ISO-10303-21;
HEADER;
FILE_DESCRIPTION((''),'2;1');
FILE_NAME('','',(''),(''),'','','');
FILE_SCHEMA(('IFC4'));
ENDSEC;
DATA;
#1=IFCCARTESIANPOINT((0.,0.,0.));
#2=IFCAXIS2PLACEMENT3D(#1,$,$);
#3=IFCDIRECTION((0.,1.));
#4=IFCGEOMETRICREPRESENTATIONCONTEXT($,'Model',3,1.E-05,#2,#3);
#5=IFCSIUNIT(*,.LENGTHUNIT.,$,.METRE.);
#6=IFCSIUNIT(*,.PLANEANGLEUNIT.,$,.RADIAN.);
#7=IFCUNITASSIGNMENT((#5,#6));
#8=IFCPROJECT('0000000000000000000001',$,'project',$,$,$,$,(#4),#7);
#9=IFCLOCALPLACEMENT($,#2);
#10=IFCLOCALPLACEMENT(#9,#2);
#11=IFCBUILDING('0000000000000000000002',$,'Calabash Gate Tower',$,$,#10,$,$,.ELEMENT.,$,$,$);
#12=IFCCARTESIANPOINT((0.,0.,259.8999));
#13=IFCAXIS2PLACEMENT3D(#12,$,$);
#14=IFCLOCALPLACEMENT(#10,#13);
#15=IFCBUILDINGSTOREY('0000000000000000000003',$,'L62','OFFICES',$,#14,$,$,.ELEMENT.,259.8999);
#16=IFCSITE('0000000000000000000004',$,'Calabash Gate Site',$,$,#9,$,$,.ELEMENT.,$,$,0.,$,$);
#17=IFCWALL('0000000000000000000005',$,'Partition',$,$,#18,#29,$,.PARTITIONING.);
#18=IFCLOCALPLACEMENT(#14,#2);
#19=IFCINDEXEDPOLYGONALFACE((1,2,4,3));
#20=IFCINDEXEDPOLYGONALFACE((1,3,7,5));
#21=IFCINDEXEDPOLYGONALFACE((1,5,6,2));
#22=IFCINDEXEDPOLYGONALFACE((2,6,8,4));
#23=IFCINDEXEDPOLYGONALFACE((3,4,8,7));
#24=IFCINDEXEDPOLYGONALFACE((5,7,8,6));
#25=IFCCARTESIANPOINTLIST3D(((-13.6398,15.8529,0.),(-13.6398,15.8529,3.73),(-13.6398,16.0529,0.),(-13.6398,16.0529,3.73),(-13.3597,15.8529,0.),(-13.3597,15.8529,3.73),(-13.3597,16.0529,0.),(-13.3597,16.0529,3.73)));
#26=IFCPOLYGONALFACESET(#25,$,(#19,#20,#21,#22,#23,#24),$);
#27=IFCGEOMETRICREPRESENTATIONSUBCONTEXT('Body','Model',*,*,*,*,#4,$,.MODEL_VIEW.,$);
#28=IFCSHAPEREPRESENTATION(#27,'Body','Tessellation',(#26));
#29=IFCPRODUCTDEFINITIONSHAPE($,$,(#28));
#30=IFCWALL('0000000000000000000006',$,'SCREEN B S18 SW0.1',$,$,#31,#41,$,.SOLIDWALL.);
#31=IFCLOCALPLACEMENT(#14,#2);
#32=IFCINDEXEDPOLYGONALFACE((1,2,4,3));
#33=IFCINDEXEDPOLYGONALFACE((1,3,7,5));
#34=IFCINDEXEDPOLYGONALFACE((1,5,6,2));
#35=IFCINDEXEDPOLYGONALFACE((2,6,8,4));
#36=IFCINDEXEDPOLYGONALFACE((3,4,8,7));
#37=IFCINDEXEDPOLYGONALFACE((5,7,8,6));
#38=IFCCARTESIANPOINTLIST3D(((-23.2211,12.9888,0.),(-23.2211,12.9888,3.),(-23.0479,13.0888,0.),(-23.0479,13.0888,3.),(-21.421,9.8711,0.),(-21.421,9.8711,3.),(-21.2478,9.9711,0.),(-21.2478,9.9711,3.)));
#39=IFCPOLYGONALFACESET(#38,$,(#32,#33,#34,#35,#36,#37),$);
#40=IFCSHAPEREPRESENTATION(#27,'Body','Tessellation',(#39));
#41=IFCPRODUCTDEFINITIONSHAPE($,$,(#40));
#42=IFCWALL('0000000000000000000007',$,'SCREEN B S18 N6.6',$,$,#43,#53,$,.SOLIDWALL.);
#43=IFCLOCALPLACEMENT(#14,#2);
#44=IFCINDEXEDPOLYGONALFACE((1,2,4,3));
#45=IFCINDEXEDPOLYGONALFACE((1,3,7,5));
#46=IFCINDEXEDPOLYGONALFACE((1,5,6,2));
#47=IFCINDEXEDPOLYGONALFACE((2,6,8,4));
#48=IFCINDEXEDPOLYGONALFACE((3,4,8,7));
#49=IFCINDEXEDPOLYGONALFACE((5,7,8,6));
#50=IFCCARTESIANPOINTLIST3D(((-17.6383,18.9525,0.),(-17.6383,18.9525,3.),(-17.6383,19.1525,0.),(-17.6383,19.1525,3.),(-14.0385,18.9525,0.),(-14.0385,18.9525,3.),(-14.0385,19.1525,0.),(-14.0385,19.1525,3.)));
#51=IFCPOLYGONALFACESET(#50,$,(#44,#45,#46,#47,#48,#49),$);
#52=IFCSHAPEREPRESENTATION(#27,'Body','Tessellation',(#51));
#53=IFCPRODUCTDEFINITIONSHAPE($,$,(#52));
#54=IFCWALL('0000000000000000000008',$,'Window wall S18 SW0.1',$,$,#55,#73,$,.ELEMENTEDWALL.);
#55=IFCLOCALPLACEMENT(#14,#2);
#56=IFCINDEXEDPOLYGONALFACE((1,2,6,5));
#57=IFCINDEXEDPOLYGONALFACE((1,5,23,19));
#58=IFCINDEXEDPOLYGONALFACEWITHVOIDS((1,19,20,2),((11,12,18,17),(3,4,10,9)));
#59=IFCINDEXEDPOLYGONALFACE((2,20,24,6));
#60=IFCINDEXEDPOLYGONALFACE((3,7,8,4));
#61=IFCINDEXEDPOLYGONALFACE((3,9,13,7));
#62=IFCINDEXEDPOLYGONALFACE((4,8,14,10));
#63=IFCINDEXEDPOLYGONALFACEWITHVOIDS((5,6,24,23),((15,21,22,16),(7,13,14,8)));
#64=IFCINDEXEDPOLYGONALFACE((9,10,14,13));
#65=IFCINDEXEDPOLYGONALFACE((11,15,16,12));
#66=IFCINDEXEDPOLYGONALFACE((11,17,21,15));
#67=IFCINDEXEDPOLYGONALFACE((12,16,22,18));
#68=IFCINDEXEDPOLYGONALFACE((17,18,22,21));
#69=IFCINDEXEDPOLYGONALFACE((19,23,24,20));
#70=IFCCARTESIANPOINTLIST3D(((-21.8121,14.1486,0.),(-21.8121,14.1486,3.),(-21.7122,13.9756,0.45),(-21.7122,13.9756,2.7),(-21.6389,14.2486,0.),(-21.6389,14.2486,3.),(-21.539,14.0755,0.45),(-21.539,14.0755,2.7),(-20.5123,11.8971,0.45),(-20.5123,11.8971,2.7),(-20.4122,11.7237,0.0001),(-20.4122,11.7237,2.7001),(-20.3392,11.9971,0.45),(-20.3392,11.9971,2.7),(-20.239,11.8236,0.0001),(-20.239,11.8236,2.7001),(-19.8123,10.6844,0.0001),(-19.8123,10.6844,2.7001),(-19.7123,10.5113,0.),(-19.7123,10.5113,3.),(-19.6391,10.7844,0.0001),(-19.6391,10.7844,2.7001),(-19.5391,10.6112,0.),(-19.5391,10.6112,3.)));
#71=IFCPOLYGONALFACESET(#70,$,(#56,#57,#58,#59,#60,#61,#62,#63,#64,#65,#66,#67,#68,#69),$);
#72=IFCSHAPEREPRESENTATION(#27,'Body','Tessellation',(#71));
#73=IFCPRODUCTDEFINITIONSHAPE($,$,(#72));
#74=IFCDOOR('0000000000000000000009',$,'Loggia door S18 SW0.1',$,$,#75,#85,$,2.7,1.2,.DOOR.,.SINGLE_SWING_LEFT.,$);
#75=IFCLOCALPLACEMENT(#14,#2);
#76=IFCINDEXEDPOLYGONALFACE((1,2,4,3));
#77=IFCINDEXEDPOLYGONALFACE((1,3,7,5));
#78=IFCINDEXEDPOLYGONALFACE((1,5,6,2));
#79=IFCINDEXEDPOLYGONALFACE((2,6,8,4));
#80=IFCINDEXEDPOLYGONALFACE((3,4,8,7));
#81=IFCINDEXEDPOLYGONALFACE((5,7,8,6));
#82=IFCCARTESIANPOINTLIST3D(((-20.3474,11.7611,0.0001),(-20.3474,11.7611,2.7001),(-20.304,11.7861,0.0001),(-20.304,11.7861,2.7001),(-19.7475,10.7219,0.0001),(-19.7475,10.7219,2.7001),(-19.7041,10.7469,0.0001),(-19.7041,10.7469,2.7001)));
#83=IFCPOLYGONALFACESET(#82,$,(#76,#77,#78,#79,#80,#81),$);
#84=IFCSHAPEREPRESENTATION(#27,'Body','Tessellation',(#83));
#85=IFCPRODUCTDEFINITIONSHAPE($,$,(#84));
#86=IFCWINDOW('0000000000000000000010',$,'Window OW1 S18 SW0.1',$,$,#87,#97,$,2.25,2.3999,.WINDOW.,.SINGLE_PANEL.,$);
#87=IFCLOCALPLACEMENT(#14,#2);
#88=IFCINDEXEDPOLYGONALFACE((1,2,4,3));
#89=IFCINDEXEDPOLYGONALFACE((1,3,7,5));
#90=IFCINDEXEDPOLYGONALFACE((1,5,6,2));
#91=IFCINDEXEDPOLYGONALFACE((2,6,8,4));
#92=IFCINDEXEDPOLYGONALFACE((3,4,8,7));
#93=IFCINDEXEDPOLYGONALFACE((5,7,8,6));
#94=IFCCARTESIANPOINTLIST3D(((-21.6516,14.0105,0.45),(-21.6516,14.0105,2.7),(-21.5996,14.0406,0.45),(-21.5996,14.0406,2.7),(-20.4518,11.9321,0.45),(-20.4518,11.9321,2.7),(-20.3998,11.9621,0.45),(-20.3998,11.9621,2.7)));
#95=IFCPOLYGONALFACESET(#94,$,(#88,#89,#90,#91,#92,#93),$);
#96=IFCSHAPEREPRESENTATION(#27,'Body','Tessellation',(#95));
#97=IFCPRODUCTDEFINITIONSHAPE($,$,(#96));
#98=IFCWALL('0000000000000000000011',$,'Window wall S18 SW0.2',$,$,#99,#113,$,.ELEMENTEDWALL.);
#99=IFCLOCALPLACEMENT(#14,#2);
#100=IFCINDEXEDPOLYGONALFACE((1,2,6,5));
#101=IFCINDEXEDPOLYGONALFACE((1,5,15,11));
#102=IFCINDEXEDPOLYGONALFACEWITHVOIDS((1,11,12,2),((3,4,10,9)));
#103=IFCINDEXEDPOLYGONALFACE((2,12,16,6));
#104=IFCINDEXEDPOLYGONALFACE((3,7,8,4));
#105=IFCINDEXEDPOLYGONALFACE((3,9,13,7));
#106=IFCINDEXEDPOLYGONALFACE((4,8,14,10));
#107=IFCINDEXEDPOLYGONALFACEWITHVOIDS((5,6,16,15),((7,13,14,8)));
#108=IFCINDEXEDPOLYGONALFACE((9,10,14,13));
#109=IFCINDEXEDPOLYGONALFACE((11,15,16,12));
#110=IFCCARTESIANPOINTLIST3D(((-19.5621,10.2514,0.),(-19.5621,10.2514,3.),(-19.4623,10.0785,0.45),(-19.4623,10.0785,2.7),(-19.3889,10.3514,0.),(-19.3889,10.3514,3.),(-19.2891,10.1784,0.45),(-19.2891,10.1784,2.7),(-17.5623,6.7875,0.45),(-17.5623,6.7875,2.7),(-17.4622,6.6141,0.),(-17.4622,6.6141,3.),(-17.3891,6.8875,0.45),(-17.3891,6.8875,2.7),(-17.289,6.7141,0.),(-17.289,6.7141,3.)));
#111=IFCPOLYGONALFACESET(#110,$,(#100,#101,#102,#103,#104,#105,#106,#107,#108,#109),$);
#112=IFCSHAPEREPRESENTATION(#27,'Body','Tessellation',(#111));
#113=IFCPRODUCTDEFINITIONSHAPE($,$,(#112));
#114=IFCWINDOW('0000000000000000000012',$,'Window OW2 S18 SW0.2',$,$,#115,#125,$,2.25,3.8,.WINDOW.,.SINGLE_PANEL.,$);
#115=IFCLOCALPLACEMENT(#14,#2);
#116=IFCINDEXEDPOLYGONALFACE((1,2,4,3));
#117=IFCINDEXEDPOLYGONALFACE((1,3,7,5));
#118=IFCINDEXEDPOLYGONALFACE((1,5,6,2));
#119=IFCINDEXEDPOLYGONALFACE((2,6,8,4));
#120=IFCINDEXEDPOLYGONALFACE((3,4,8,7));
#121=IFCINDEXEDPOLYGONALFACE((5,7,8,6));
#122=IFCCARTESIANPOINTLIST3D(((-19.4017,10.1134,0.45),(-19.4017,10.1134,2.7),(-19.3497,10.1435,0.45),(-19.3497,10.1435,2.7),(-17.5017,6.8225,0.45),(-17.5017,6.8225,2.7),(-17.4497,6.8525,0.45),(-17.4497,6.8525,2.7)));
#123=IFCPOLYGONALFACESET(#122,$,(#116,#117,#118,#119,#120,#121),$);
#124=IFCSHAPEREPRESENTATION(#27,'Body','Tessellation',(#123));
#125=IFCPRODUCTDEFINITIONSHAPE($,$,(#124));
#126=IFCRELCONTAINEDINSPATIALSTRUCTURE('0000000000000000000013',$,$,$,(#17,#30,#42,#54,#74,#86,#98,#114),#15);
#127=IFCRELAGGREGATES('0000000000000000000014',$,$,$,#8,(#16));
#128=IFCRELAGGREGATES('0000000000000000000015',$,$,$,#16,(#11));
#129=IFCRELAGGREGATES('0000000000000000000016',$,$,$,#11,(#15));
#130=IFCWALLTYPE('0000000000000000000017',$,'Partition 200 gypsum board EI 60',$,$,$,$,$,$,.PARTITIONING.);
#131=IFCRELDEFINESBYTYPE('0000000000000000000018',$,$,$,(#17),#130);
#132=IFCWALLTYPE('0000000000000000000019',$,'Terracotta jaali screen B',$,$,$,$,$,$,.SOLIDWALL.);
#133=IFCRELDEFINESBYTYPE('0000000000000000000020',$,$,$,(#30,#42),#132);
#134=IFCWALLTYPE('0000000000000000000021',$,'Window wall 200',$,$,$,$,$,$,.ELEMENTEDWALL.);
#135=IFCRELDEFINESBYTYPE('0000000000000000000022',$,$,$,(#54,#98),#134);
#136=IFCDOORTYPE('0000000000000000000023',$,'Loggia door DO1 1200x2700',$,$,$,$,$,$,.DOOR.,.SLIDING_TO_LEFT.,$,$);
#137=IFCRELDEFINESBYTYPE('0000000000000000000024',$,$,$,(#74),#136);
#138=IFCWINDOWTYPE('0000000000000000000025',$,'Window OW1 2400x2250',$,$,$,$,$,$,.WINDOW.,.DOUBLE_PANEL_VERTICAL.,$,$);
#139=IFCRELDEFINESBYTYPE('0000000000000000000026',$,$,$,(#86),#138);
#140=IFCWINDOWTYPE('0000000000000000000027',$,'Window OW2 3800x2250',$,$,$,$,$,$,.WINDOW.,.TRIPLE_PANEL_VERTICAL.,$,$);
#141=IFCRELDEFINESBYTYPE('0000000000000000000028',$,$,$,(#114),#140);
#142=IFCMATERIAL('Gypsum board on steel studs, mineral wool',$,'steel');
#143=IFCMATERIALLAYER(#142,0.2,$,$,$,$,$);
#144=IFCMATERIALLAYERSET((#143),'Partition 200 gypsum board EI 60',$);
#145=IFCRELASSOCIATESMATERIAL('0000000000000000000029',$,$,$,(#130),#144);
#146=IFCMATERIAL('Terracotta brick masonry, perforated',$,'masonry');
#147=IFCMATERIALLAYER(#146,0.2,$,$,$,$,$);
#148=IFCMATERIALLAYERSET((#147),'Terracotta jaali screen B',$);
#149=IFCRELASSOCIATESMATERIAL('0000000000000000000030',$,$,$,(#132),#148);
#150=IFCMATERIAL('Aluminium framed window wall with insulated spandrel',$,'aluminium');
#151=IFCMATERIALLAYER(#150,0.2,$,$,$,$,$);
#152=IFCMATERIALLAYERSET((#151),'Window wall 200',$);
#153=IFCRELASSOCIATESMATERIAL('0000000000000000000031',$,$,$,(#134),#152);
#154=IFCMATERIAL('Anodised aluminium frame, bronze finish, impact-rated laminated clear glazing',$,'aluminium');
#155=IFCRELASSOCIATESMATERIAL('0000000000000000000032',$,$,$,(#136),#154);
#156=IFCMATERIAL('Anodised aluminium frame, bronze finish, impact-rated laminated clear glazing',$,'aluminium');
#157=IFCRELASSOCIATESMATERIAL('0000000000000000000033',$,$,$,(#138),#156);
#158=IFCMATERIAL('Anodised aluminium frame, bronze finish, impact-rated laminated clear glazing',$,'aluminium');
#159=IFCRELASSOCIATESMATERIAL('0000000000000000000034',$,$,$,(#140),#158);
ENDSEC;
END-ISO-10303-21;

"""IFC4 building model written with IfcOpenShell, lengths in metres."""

from ifc_helpers import new_model, si_unit, direction, frame, frame_2d, origin, place, context, subcontext, project, spatial, rectangle, extrude, material, layer, layer_set, type_object, element, fill, save


model = new_model("IFC4")

# Units and contexts
model_context = context("Model", 3, precision=1e-05, world=origin(), true_north=direction((0.0, 1.0)))
body_context = subcontext(model_context, "Body", "Model", "MODEL_VIEW")
ifc_project = project(units=[si_unit("LENGTHUNIT", "METRE"), si_unit("PLANEANGLEUNIT", "RADIAN")], contexts=[model_context])

# Site, building, storey
site_placement = place(None, origin())
site = spatial("IfcSite", under=ifc_project, at=site_placement, Name="Calabash Gate Site", CompositionType="ELEMENT", RefElevation=0.0)
building_placement = place(site_placement, origin())
building = spatial("IfcBuilding", under=site, at=building_placement, Name="Calabash Gate Tower", CompositionType="ELEMENT")
storey_placement = place(building_placement, frame((0.0, 0.0, 259.8999)))
storey = spatial("IfcBuildingStorey", under=building, at=storey_placement, Name="L62", Description="OFFICES", CompositionType="ELEMENT", Elevation=259.8999)

# Walls
ifc_material_1 = material(Name="Gypsum board on steel studs, mineral wool", Category="steel")
ifc_layer_1 = layer(ifc_material_1, 0.2)
ifc_layer_set_1 = layer_set([ifc_layer_1], Name="Partition 200 gypsum board EI 60")
wall_type_1 = type_object("IfcWallType", Name="Partition 200 gypsum board EI 60", PredefinedType="PARTITIONING", material=ifc_layer_set_1)
wall_1_placement = place(storey_placement, frame((-13.6399, 15.9529, 0.0), z_axis=(0.0, 0.0, 1.0), x_axis=(1.0, 0.0, 0.0)))
element("IfcWall", 1, at=wall_1_placement, inside=storey, type_object=wall_type_1, Name="Partition", PredefinedType="PARTITIONING", context=body_context, shape_type="SweptSolid", body=[
    extrude(rectangle(XDim=0.28, YDim=0.2, at=frame_2d((0.1401, 0.0))), origin(), (0.0, 0.0, 1.0), 3.73),
])
ifc_material_2 = material(Name="Terracotta brick masonry, perforated", Category="masonry")
ifc_layer_2 = layer(ifc_material_2, 0.2)
ifc_layer_set_2 = layer_set([ifc_layer_2], Name="Terracotta jaali screen B")
wall_type_2 = type_object("IfcWallType", Name="Terracotta jaali screen B", PredefinedType="SOLIDWALL", material=ifc_layer_set_2)
wall_2_placement = place(storey_placement, frame((-23.1345, 13.0388, 0.0), z_axis=(0.0, 0.0, 1.0), x_axis=(0.500012, -0.866018, 0.0)))
element("IfcWall", 2, at=wall_2_placement, inside=storey, type_object=wall_type_2, Name="SCREEN B S18 SW0.1", PredefinedType="SOLIDWALL", context=body_context, shape_type="SweptSolid", body=[
    extrude(rectangle(XDim=3.6001, YDim=0.2, at=frame_2d((1.8, 0.0))), origin(), (0.0, 0.0, 1.0), 3.0),
])
wall_3_placement = place(storey_placement, frame((-14.0386, 19.0525, 0.0), z_axis=(0.0, 0.0, 1.0), x_axis=(-1.0, 0.0, 0.0)))
element("IfcWall", 3, at=wall_3_placement, inside=storey, type_object=wall_type_2, Name="SCREEN B S18 N6.6", PredefinedType="SOLIDWALL", context=body_context, shape_type="SweptSolid", body=[
    extrude(rectangle(XDim=3.5999, YDim=0.2, at=frame_2d((1.7998, 0.0))), origin(), (0.0, 0.0, 1.0), 3.0),
])

# Wall, openings, door, window
ifc_material_3 = material(Name="Aluminium framed window wall with insulated spandrel", Category="aluminium")
ifc_layer_3 = layer(ifc_material_3, 0.2)
ifc_layer_set_3 = layer_set([ifc_layer_3], Name="Window wall 200")
wall_type_3 = type_object("IfcWallType", Name="Window wall 200", PredefinedType="ELEMENTEDWALL", material=ifc_layer_set_3)
wall_4_placement = place(storey_placement, frame((-21.7256, 14.1987, 0.0), z_axis=(0.0, 0.0, 1.0), x_axis=(0.499959, -0.866049, 0.0)))
wall_4 = element("IfcWall", 4, at=wall_4_placement, inside=storey, type_object=wall_type_3, Name="Window wall S18 SW0.1", PredefinedType="ELEMENTEDWALL", context=body_context, shape_type="SweptSolid", body=[
    extrude(rectangle(XDim=4.2, YDim=0.2, at=frame_2d((2.1001, 0.0))), origin(), (0.0, 0.0, 1.0), 3.0),
])
opening_1_placement = place(wall_4_placement, frame((0.2, 0.0, 0.45)))
opening_1 = element("IfcOpeningElement", 5, at=opening_1_placement, cuts=wall_4, PredefinedType="OPENING", context=body_context, shape_type="SweptSolid", body=[
    extrude(rectangle(XDim=2.3999, YDim=2.25, at=frame_2d((1.2, 1.125))), frame((0.0, 0.1099, 0.0), z_axis=(0.0, -1.0, 0.0), x_axis=(1.0, 0.0, 0.0)), (0.0, 0.0, 1.0), 0.22),
])
opening_2_placement = place(wall_4_placement, frame((2.8, 0.0, 0.0)))
opening_2 = element("IfcOpeningElement", 6, at=opening_2_placement, cuts=wall_4, PredefinedType="OPENING", context=body_context, shape_type="SweptSolid", body=[
    extrude(rectangle(XDim=1.2, YDim=2.7, at=frame_2d((0.6001, 1.3501))), frame((0.0, 0.1099, 0.0), z_axis=(0.0, -1.0, 0.0), x_axis=(1.0, 0.0, 0.0)), (0.0, 0.0, 1.0), 0.22),
])
ifc_material_4 = material(Name="Anodised aluminium frame, bronze finish, impact-rated laminated clear glazing", Category="aluminium")
door_type = type_object("IfcDoorType", Name="Loggia door DO1 1200x2700", OperationType="SLIDING_TO_LEFT", PredefinedType="DOOR", material=ifc_material_4)
door_1_placement = place(opening_2_placement, origin())
door_1 = element("IfcDoor", 7, at=door_1_placement, inside=storey, type_object=door_type, Name="Loggia door S18 SW0.1", OperationType="SINGLE_SWING_LEFT", OverallHeight=2.7, OverallWidth=1.2, PredefinedType="DOOR", context=body_context, shape_type="SweptSolid", body=[
    extrude(rectangle(XDim=1.2, YDim=2.7, at=frame_2d((0.6001, 1.3501))), frame((0.0, 0.0249, 0.0), z_axis=(0.0, -1.0, 0.0), x_axis=(1.0, 0.0, 0.0)), (0.0, 0.0, 1.0), 0.05),
])
fill(opening_2, door_1)
ifc_material_5 = material(Name="Anodised aluminium frame, bronze finish, impact-rated laminated clear glazing", Category="aluminium")
window_type_1 = type_object("IfcWindowType", Name="Window OW1 2400x2250", PartitioningType="DOUBLE_PANEL_VERTICAL", PredefinedType="WINDOW", material=ifc_material_5)
window_1_placement = place(opening_1_placement, origin())
window_1 = element("IfcWindow", 8, at=window_1_placement, inside=storey, type_object=window_type_1, Name="Window OW1 S18 SW0.1", OverallHeight=2.25, OverallWidth=2.3999, PartitioningType="SINGLE_PANEL", PredefinedType="WINDOW", context=body_context, shape_type="SweptSolid", body=[
    extrude(rectangle(XDim=2.3999, YDim=2.25, at=frame_2d((1.2, 1.125))), frame((0.0, 0.03, 0.0), z_axis=(0.0, -1.0, 0.0), x_axis=(1.0, 0.0, 0.0)), (0.0, 0.0, 1.0), 0.0601),
])
fill(opening_1, window_1)

# Wall, opening, window
wall_5_placement = place(storey_placement, frame((-19.4756, 10.3015, 0.0), z_axis=(0.0, 0.0, 1.0), x_axis=(0.499984, -0.866035, 0.0)))
wall_5 = element("IfcWall", 9, at=wall_5_placement, inside=storey, type_object=wall_type_3, Name="Window wall S18 SW0.2", PredefinedType="ELEMENTEDWALL", context=body_context, shape_type="SweptSolid", body=[
    extrude(rectangle(XDim=4.2, YDim=0.2, at=frame_2d((2.1001, 0.0))), origin(), (0.0, 0.0, 1.0), 3.0),
])
opening_3_placement = place(wall_5_placement, frame((0.2, 0.0, 0.45)))
opening_3 = element("IfcOpeningElement", 10, at=opening_3_placement, cuts=wall_5, PredefinedType="OPENING", context=body_context, shape_type="SweptSolid", body=[
    extrude(rectangle(XDim=3.8, YDim=2.25, at=frame_2d((1.8999, 1.125))), frame((0.0, 0.1099, 0.0), z_axis=(0.0, -1.0, 0.0), x_axis=(1.0, 0.0, 0.0)), (0.0, 0.0, 1.0), 0.22),
])
ifc_material_6 = material(Name="Anodised aluminium frame, bronze finish, impact-rated laminated clear glazing", Category="aluminium")
window_type_2 = type_object("IfcWindowType", Name="Window OW2 3800x2250", PartitioningType="TRIPLE_PANEL_VERTICAL", PredefinedType="WINDOW", material=ifc_material_6)
window_2_placement = place(opening_3_placement, origin())
window_2 = element("IfcWindow", 11, at=window_2_placement, inside=storey, type_object=window_type_2, Name="Window OW2 S18 SW0.2", OverallHeight=2.25, OverallWidth=3.8, PartitioningType="SINGLE_PANEL", PredefinedType="WINDOW", context=body_context, shape_type="SweptSolid", body=[
    extrude(rectangle(XDim=3.8, YDim=2.25, at=frame_2d((1.8999, 1.125))), frame((0.0, 0.03, 0.0), z_axis=(0.0, -1.0, 0.0), x_axis=(1.0, 0.0, 0.0)), (0.0, 0.0, 1.0), 0.0601),
])
fill(opening_3, window_2)

save(model, "model.ifc")
